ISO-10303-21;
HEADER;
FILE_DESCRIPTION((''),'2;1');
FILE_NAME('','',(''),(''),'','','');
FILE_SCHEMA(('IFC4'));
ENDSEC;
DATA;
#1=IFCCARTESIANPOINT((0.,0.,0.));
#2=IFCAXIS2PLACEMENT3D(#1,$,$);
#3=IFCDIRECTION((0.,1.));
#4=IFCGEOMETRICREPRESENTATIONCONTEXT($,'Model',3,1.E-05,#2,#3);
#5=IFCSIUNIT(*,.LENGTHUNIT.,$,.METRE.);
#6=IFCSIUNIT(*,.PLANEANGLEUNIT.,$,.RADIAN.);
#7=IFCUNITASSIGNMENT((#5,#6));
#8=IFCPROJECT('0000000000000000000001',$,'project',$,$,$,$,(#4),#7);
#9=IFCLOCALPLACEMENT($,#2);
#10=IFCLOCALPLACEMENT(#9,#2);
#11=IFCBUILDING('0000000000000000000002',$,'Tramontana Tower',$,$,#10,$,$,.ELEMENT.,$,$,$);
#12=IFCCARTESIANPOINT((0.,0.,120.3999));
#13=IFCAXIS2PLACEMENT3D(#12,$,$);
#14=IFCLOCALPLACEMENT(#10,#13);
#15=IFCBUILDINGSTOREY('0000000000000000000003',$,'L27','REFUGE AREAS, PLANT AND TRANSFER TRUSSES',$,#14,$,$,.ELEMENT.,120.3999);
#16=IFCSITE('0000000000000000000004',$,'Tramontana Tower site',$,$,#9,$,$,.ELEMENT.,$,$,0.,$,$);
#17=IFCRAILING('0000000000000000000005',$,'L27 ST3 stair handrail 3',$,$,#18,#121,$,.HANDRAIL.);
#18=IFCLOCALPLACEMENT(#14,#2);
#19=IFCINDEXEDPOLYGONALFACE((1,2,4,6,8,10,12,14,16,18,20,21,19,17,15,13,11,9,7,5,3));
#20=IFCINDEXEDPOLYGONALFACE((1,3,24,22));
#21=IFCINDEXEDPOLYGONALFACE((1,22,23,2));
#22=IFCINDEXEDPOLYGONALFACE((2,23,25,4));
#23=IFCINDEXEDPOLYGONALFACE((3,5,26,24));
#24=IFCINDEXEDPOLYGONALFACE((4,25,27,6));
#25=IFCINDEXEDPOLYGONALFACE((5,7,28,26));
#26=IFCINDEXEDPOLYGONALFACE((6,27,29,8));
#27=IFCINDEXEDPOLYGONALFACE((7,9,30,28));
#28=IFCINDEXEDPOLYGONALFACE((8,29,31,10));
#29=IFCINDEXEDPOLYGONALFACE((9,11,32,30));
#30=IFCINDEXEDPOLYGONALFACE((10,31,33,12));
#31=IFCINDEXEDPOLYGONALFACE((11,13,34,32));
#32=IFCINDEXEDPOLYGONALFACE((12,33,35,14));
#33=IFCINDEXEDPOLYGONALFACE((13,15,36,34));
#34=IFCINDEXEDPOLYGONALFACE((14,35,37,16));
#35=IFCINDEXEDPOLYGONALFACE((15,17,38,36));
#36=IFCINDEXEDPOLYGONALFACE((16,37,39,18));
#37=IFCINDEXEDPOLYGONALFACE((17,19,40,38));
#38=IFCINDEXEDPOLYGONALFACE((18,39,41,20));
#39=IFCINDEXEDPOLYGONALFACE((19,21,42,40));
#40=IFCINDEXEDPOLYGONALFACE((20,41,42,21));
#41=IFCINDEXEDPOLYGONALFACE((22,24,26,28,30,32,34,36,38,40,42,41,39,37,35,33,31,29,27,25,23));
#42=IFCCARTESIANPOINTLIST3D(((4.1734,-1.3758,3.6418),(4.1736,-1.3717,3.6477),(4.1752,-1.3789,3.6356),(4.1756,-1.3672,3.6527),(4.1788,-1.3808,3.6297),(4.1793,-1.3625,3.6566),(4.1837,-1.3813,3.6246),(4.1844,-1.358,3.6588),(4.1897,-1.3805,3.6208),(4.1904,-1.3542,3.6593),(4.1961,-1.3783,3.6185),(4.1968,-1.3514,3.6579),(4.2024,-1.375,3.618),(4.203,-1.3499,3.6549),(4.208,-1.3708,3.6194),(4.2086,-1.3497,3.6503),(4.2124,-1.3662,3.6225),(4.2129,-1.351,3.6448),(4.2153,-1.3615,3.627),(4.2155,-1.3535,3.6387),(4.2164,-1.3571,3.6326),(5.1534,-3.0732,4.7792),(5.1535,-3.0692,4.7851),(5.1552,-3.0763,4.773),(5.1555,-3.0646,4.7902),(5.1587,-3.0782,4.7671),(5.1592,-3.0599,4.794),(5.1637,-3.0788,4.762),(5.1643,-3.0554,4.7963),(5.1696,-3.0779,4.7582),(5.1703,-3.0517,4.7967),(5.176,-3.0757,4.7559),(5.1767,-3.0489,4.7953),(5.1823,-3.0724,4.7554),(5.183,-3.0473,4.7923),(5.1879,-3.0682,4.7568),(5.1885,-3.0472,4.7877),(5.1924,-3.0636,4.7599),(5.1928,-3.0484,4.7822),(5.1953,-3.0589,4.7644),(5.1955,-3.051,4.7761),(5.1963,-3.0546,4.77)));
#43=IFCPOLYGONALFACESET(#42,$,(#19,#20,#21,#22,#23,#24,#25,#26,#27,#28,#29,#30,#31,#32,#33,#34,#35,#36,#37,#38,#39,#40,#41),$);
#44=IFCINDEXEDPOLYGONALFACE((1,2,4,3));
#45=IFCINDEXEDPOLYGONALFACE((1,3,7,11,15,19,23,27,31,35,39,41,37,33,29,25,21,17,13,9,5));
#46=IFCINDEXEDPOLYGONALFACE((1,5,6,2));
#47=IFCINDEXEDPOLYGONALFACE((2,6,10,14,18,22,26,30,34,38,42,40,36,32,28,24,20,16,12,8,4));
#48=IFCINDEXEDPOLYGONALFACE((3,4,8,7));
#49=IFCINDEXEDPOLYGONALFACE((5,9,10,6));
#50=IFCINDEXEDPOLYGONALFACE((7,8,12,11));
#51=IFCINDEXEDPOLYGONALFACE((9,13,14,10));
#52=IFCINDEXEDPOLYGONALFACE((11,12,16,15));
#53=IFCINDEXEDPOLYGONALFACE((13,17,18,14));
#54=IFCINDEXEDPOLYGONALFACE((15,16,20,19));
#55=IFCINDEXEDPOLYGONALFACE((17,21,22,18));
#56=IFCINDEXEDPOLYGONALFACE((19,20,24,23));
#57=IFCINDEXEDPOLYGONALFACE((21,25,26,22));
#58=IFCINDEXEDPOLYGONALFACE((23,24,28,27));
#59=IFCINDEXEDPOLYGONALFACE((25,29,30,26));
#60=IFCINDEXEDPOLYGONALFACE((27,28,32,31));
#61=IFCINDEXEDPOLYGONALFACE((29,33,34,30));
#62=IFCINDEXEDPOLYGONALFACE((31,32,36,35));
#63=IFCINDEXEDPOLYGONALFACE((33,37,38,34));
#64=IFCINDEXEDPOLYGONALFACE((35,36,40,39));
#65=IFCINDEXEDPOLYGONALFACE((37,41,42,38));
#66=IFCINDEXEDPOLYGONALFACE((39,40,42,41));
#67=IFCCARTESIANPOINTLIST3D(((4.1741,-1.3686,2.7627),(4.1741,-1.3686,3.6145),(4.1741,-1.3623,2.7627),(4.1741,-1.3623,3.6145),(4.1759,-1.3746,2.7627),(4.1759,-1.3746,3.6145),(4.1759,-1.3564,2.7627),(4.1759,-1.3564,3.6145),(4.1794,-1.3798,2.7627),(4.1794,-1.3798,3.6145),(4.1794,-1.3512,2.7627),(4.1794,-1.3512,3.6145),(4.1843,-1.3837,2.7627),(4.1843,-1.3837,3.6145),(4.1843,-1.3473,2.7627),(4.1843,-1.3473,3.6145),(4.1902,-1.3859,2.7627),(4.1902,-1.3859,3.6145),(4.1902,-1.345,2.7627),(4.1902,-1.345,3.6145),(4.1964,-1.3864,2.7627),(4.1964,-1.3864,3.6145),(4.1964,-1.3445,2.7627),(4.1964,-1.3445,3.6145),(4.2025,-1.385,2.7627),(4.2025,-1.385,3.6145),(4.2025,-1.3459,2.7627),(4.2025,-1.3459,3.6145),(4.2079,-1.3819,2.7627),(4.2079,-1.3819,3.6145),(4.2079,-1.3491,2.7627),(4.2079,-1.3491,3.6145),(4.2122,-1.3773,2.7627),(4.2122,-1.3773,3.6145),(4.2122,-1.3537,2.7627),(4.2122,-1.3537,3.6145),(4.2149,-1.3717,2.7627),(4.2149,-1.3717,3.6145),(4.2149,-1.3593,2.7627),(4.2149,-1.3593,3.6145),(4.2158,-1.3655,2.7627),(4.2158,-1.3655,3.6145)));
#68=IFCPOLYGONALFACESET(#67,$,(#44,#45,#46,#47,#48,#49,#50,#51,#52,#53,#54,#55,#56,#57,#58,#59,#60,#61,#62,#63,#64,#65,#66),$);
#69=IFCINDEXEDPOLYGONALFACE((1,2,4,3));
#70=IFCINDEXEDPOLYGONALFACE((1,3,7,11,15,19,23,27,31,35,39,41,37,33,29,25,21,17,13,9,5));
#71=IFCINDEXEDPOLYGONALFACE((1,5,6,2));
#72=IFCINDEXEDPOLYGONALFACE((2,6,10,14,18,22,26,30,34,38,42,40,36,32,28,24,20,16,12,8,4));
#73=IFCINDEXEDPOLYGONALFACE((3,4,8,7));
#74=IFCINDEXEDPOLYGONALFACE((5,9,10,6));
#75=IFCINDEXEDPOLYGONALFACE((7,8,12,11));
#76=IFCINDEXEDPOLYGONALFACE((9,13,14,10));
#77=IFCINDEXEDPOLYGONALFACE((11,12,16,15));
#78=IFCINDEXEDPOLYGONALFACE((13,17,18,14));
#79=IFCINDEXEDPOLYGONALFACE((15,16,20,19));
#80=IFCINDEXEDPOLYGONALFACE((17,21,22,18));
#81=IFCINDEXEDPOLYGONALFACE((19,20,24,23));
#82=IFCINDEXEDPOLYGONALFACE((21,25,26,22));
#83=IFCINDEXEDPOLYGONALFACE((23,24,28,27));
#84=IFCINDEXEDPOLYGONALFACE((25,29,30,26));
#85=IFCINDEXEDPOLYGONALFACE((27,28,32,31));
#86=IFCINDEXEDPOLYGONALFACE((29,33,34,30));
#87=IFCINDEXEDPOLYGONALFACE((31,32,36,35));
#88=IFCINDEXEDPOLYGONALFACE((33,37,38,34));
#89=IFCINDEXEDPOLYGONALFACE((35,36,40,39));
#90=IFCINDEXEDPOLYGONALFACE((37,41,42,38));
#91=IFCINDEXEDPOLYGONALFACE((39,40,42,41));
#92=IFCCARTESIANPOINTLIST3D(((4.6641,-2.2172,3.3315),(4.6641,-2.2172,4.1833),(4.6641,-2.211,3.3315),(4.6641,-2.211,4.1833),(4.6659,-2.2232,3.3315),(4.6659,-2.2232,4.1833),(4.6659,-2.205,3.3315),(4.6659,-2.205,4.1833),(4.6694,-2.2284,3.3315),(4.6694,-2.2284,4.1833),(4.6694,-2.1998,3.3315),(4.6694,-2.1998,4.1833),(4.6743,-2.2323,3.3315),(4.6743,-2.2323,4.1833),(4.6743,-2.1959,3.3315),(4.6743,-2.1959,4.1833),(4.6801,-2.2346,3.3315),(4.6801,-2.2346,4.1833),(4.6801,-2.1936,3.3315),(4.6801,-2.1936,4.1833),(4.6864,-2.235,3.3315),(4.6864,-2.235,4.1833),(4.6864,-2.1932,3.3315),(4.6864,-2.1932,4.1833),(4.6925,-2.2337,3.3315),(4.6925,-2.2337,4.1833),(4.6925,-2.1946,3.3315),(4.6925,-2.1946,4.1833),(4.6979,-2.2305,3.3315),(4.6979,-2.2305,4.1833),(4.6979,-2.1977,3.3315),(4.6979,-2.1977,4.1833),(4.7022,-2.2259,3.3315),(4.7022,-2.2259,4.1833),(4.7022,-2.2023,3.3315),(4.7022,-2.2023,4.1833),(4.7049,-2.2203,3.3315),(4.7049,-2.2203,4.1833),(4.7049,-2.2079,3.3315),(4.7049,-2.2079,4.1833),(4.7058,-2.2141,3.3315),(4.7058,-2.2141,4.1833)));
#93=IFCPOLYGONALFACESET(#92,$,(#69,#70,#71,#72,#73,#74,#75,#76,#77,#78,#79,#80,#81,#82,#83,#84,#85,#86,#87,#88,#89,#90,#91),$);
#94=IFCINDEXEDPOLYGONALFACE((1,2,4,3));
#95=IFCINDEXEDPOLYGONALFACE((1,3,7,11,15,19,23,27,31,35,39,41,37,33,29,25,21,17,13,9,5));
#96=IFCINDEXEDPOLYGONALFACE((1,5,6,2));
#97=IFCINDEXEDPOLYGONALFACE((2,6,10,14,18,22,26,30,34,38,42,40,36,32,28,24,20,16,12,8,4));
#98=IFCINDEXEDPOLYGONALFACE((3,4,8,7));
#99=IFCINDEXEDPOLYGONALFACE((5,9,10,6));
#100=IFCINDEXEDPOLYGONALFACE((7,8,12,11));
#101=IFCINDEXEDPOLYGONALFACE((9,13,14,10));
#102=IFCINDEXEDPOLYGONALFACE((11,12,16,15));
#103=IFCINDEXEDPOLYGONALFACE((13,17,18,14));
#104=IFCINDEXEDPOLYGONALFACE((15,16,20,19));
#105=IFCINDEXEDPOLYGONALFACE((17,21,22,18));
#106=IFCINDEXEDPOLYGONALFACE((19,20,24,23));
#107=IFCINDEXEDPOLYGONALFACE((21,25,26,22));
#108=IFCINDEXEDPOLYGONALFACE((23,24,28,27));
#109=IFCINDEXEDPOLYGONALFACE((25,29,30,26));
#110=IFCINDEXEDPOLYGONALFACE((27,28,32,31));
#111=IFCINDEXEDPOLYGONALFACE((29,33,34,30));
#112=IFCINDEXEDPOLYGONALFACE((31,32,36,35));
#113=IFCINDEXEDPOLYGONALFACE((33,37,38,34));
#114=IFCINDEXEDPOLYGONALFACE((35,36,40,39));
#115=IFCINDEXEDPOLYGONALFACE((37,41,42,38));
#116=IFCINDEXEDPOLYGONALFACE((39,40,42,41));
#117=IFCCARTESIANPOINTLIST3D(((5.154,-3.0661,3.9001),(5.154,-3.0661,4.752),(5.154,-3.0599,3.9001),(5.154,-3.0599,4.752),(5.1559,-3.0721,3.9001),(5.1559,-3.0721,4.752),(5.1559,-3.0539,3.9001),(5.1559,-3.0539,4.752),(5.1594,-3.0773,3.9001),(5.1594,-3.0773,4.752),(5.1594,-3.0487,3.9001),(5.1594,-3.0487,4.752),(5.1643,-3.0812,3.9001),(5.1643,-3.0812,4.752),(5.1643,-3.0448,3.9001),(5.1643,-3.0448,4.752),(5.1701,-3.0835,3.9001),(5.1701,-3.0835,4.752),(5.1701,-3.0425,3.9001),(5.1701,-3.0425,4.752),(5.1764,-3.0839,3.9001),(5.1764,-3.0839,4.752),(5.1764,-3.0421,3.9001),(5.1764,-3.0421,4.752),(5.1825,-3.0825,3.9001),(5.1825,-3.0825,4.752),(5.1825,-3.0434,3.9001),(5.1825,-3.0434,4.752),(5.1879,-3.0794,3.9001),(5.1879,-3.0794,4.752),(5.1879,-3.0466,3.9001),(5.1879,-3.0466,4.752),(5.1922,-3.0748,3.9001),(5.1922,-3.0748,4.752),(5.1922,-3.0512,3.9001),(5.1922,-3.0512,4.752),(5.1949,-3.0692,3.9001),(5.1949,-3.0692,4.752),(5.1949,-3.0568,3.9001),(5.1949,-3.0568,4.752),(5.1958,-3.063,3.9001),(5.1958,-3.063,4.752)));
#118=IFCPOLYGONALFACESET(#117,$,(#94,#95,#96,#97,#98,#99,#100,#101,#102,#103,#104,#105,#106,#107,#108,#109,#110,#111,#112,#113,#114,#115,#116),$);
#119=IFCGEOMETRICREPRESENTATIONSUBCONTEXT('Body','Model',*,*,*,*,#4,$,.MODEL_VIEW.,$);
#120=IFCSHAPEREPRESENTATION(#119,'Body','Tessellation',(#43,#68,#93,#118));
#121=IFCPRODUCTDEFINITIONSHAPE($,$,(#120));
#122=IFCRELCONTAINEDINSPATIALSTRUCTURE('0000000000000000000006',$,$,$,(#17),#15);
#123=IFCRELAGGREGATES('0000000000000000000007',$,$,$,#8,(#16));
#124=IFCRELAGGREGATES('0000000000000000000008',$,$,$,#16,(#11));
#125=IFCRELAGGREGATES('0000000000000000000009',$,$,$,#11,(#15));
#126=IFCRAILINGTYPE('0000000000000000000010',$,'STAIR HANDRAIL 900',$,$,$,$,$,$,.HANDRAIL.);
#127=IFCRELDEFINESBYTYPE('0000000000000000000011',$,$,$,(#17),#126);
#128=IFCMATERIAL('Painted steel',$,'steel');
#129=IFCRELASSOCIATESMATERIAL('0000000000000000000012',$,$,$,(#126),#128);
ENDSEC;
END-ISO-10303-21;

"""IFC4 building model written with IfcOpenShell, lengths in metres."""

from ifc_helpers import new_model, si_unit, direction, frame, origin, origin_2d, place, context, subcontext, project, spatial, circle, extrude, material, type_object, element, save


model = new_model("IFC4")

# Units and contexts
model_context = context("Model", 3, precision=1e-05, world=origin(), true_north=direction((0.0, 1.0)))
body_context = subcontext(model_context, "Body", "Model", "MODEL_VIEW")
ifc_project = project(units=[si_unit("LENGTHUNIT", "METRE"), si_unit("PLANEANGLEUNIT", "RADIAN")], contexts=[model_context])

# Site, building, storey
site_placement = place(None, origin())
site = spatial("IfcSite", under=ifc_project, at=site_placement, Name="Tramontana Tower site", CompositionType="ELEMENT", RefElevation=0.0)
building_placement = place(site_placement, origin())
building = spatial("IfcBuilding", under=site, at=building_placement, Name="Tramontana Tower", CompositionType="ELEMENT")
storey_placement = place(building_placement, frame((0.0, 0.0, 120.3999)))
storey = spatial("IfcBuildingStorey", under=building, at=storey_placement, Name="L27", Description="REFUGE AREAS, PLANT AND TRANSFER TRUSSES", CompositionType="ELEMENT", Elevation=120.3999)

# Railing
ifc_material_1 = material(Name="Painted steel", Category="steel")
railing_type_1 = type_object("IfcRailingType", Name="STAIR HANDRAIL 900", PredefinedType="HANDRAIL", material=ifc_material_1)
railing_1_placement = place(storey_placement, frame((4.1948, -1.3655, 2.7627)))
element("IfcRailing", 1, at=railing_1_placement, inside=storey, type_object=railing_type_1, Name="L27 ST3 stair handrail 3", PredefinedType="HANDRAIL", context=body_context, shape_type="SweptSolid", body=[
    extrude(circle(Radius=0.0239, at=origin_2d()), frame((0.0, 0.0, 0.876), z_axis=(0.432432, -0.749053, 0.501918), x_axis=(0.866042, 0.49997, 0.0)), (0.0, 0.0, 1.0), 2.2661),
    extrude(circle(Radius=0.021, at=origin_2d()), origin(), (0.0, 0.0, 1.0), 0.8518),
    extrude(circle(Radius=0.021, at=origin_2d()), frame((0.49, -0.8486, 0.5688)), (0.0, 0.0, 1.0), 0.8518),
    extrude(circle(Radius=0.021, at=origin_2d()), frame((0.98, -1.6975, 1.1375)), (0.0, 0.0, 1.0), 0.8518),
])

save(model, "model.ifc")
